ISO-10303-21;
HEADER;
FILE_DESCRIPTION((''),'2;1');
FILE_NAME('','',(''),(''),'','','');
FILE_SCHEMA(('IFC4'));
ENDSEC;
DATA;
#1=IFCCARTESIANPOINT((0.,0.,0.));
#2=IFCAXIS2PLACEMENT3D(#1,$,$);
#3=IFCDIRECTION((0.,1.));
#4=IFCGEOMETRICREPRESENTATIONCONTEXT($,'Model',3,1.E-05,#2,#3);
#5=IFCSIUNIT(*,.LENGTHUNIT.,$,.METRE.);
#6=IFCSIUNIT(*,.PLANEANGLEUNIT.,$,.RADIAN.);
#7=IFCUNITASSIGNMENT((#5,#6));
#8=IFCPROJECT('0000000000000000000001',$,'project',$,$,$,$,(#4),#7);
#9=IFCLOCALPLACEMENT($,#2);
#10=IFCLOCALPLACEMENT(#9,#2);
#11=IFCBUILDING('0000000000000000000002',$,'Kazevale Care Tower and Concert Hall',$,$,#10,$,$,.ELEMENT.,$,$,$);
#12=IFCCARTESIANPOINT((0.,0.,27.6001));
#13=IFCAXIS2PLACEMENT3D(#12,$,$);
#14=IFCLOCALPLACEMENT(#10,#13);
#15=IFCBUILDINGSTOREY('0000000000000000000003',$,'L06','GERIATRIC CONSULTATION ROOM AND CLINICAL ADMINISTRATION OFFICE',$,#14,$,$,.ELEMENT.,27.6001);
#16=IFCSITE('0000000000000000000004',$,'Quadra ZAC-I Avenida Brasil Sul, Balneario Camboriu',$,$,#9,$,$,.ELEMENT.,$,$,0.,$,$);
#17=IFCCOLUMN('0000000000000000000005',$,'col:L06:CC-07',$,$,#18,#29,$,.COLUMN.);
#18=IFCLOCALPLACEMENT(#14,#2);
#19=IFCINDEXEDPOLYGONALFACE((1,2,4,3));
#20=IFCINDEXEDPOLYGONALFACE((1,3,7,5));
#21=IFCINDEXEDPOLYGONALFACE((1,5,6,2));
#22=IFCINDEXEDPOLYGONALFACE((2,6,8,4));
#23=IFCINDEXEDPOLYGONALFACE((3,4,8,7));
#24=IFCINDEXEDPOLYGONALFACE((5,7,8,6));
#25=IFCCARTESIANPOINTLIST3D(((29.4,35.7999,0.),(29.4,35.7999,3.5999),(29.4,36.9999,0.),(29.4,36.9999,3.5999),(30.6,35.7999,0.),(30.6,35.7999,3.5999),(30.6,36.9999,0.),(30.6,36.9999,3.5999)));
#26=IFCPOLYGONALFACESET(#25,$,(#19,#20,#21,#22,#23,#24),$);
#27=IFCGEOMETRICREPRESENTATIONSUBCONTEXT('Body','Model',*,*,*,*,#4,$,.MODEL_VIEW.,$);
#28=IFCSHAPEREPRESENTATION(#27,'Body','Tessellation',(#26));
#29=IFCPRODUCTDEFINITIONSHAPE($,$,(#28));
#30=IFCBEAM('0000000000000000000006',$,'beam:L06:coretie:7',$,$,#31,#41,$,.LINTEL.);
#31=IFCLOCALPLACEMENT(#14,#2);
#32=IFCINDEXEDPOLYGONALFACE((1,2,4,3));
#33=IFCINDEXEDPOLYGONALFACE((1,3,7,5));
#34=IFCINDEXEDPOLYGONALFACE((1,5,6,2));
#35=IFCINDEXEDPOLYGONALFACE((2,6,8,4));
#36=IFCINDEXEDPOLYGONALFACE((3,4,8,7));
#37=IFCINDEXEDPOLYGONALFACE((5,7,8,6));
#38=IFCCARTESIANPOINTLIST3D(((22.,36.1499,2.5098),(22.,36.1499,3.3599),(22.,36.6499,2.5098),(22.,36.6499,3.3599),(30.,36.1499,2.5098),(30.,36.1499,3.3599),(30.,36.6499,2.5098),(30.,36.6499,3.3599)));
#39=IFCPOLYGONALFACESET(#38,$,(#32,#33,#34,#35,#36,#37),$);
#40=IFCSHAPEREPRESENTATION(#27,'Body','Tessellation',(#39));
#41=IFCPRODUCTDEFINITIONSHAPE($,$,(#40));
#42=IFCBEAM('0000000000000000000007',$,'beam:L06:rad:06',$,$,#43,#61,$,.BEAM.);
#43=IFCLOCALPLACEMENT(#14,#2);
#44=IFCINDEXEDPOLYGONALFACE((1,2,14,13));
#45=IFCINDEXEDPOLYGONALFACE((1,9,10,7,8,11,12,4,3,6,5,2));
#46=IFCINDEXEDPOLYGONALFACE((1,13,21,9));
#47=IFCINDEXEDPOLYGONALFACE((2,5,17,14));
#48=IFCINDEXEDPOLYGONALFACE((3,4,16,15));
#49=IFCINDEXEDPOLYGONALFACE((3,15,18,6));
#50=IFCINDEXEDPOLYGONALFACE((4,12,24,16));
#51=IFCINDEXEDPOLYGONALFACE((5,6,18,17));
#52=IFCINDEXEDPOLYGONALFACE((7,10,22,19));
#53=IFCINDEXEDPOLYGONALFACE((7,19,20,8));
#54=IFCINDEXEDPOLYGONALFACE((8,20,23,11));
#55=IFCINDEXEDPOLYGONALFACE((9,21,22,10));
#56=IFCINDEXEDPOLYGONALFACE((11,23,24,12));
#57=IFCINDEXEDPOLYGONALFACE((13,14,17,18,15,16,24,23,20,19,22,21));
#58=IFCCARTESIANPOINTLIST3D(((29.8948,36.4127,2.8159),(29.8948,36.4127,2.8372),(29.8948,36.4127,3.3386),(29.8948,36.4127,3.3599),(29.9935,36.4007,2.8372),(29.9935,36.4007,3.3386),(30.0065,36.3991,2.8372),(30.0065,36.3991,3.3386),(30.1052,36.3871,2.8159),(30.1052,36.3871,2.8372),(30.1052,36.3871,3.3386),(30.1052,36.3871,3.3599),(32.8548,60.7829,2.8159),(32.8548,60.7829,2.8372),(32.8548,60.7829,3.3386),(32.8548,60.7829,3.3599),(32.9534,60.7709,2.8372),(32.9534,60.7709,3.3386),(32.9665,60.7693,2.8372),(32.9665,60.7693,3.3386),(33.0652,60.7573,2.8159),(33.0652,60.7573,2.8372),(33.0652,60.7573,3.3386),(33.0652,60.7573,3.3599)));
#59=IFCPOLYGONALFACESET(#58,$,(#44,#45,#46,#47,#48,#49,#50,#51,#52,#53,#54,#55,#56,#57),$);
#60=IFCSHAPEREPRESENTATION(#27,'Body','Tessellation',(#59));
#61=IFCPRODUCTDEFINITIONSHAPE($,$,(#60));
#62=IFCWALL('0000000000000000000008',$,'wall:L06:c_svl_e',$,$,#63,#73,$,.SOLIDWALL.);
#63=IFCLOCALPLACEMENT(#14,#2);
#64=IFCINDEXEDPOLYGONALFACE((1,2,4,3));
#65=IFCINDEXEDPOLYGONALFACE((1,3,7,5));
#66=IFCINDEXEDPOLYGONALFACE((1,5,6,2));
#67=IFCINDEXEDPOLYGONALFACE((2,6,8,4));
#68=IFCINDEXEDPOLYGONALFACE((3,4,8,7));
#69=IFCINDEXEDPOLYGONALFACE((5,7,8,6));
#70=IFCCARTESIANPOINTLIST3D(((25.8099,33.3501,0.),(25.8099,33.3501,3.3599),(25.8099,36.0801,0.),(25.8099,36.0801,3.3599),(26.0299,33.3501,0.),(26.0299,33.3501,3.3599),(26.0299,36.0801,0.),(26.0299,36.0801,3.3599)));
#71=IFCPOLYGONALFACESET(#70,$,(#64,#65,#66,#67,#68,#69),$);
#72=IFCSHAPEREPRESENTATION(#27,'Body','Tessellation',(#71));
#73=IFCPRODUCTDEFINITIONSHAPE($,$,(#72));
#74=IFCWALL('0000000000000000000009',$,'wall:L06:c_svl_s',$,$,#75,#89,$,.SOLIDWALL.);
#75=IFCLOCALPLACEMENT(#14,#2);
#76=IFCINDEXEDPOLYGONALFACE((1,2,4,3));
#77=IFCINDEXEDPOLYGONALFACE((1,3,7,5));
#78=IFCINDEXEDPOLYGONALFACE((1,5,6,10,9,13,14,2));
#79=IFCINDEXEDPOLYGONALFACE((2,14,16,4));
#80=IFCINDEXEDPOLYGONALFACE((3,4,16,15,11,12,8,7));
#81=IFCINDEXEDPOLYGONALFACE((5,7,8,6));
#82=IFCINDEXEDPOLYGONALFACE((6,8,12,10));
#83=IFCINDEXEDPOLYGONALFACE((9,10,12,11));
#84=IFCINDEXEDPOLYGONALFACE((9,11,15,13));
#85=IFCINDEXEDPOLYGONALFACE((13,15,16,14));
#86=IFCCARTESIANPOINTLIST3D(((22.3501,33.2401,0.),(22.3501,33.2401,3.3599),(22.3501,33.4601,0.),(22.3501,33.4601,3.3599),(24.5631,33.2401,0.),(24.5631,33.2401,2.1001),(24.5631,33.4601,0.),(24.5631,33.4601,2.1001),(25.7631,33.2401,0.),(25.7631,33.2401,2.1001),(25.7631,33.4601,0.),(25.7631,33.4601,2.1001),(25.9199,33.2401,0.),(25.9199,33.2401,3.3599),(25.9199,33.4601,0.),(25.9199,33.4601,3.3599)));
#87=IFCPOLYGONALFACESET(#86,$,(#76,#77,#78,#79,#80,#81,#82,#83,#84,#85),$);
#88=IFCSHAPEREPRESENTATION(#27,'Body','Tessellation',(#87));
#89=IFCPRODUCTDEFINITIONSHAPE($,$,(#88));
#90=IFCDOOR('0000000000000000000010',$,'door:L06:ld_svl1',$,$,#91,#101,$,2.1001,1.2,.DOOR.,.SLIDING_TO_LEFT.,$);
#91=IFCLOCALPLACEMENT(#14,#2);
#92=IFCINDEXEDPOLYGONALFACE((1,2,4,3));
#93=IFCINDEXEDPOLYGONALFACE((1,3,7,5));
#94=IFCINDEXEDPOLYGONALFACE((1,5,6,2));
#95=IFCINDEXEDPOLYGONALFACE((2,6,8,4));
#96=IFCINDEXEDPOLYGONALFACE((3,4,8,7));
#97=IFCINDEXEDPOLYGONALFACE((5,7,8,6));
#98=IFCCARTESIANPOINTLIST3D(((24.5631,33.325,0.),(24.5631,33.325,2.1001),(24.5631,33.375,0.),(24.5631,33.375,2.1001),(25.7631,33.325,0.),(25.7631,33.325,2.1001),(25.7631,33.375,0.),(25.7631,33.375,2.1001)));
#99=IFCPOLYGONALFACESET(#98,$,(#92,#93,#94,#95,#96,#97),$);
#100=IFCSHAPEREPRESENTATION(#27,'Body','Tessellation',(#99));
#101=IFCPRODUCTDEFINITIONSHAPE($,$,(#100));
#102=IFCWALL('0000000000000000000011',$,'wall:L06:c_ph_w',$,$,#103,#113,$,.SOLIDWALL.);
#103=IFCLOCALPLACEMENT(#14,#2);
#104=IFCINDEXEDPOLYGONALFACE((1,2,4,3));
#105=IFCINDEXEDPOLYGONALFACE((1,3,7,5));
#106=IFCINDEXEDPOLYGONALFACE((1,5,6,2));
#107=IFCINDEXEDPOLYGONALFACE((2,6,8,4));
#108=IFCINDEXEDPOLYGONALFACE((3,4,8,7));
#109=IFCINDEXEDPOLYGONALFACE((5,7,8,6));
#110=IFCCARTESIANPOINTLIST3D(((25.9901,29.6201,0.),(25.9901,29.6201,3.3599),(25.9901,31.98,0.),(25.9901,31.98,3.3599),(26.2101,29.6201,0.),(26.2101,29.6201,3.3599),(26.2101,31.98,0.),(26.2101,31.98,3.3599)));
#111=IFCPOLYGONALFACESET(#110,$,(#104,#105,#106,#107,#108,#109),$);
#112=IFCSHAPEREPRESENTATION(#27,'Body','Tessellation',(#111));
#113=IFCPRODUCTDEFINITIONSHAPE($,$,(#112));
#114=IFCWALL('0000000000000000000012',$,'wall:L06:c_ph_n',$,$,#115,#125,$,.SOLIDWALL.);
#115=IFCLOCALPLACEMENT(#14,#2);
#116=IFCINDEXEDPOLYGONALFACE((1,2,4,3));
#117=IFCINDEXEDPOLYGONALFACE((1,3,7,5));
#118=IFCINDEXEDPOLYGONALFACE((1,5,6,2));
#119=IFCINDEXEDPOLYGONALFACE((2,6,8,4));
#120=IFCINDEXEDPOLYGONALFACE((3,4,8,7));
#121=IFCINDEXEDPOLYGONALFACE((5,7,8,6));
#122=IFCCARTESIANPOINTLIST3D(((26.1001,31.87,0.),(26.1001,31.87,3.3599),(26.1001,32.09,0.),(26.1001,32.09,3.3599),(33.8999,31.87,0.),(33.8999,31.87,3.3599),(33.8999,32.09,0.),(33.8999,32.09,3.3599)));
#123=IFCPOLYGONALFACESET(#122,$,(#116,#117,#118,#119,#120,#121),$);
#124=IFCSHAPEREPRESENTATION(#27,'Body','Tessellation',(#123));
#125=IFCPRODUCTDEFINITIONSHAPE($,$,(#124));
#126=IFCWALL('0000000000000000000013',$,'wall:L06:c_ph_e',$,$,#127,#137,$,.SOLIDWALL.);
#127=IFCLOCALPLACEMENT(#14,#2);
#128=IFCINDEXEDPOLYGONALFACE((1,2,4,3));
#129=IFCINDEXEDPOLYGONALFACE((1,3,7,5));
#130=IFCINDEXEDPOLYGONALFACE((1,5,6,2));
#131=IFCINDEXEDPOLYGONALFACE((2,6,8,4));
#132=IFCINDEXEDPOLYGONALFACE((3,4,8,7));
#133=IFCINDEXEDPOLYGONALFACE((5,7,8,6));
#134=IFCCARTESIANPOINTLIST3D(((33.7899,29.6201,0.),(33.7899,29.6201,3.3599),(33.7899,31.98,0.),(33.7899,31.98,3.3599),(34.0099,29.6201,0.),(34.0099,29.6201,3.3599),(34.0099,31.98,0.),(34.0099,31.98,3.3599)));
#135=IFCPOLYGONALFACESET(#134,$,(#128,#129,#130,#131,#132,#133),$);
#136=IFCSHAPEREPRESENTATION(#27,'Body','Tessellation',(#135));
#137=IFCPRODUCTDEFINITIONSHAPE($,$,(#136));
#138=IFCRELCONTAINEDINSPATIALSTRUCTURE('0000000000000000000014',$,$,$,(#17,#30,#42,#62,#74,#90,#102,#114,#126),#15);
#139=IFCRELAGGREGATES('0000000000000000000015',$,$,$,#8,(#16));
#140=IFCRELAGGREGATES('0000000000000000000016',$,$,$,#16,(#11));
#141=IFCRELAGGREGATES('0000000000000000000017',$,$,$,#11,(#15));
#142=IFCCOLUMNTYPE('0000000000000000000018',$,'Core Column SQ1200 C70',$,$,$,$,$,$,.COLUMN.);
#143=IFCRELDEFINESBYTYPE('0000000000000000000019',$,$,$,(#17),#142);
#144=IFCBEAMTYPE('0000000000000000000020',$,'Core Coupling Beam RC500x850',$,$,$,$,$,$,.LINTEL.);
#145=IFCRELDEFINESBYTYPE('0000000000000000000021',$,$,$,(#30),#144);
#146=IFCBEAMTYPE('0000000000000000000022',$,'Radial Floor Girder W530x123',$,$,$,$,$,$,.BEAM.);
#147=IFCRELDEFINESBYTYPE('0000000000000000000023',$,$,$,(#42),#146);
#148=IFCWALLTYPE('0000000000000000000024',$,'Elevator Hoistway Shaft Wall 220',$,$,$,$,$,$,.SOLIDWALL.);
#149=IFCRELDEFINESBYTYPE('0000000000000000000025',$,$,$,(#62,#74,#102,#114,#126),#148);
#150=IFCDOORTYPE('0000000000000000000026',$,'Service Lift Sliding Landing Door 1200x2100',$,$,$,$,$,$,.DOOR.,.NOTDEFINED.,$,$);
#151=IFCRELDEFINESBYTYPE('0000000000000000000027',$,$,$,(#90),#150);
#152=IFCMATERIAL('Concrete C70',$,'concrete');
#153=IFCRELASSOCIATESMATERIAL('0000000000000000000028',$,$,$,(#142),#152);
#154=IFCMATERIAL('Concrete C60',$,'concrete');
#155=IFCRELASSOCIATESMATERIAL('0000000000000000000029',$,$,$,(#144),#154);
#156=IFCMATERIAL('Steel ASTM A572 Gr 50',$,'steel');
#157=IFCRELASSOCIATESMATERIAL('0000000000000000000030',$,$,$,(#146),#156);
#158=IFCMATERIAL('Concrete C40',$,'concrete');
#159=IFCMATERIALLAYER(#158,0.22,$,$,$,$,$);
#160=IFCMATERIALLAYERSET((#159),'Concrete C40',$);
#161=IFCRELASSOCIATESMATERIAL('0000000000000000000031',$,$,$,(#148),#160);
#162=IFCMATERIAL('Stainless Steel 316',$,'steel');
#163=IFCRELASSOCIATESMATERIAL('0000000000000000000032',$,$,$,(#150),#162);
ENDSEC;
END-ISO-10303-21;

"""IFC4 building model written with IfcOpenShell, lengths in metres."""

from ifc_helpers import new_model, si_unit, direction, frame, frame_2d, origin, origin_2d, place, context, subcontext, project, spatial, rectangle, i_section, extrude, material, layer, layer_set, material_profile, profile_set, type_object, element, fill, save


model = new_model("IFC4")

# Units and contexts
model_context = context("Model", 3, precision=1e-05, world=origin(), true_north=direction((0.0, 1.0)))
body_context = subcontext(model_context, "Body", "Model", "MODEL_VIEW")
ifc_project = project(units=[si_unit("LENGTHUNIT", "METRE"), si_unit("PLANEANGLEUNIT", "RADIAN")], contexts=[model_context])

# Site, building, storey
site_placement = place(None, origin())
site = spatial("IfcSite", under=ifc_project, at=site_placement, Name="Quadra ZAC-I Avenida Brasil Sul, Balneario Camboriu", CompositionType="ELEMENT", RefElevation=0.0)
building_placement = place(site_placement, origin())
building = spatial("IfcBuilding", under=site, at=building_placement, Name="Kazevale Care Tower and Concert Hall", CompositionType="ELEMENT")
storey_placement = place(building_placement, frame((0.0, 0.0, 27.6001)))
storey = spatial("IfcBuildingStorey", under=building, at=storey_placement, Name="L06", Description="GERIATRIC CONSULTATION ROOM AND CLINICAL ADMINISTRATION OFFICE", CompositionType="ELEMENT", Elevation=27.6001)

# Column
ifc_material_1 = material(Name="Concrete C70", Category="concrete")
ifc_material_profile_1 = material_profile(ifc_material_1, rectangle(XDim=1.2, YDim=1.2, at=origin_2d()), Name="RC-SQ1200")
ifc_profile_set_1 = profile_set([ifc_material_profile_1], Name="Concrete C70")
column_type = type_object("IfcColumnType", Name="Core Column SQ1200 C70", PredefinedType="COLUMN", material=ifc_profile_set_1)
column_placement = place(storey_placement, frame((30.0, 36.3999, 0.0), z_axis=(0.0, 0.0, 1.0), x_axis=(1.0, 0.0, 0.0)))
element("IfcColumn", 1, at=column_placement, inside=storey, type_object=column_type, Name="col:L06:CC-07", PredefinedType="COLUMN", context=body_context, shape_type="SweptSolid", body=[
    extrude(rectangle(XDim=1.2, YDim=1.2, at=origin_2d()), origin(), (0.0, 0.0, 1.0), 3.5999),
])

# Beams
ifc_material_2 = material(Name="Concrete C60", Category="concrete")
ifc_material_profile_2 = material_profile(ifc_material_2, rectangle(XDim=0.5, YDim=0.8501, at=origin_2d()), Name="RC-B500x850")
ifc_profile_set_2 = profile_set([ifc_material_profile_2], Name="Concrete C60")
beam_type_1 = type_object("IfcBeamType", Name="Core Coupling Beam RC500x850", PredefinedType="LINTEL", material=ifc_profile_set_2)
beam_1_placement = place(storey_placement, frame((30.0, 36.3999, 2.9348), z_axis=(-1.0, 0.0, 0.0), x_axis=(0.0, -1.0, 0.0)))
element("IfcBeam", 2, at=beam_1_placement, inside=storey, type_object=beam_type_1, Name="beam:L06:coretie:7", PredefinedType="LINTEL", context=body_context, shape_type="SweptSolid", body=[
    extrude(rectangle(XDim=0.5, YDim=0.8501, at=origin_2d()), origin(), (0.0, 0.0, 1.0), 8.0),
])
ifc_material_3 = material(Name="Steel ASTM A572 Gr 50", Category="steel")
ifc_material_profile_3 = material_profile(ifc_material_3, i_section(OverallWidth=0.2119, OverallDepth=0.5439, WebThickness=0.0132, FlangeThickness=0.0212, at=origin_2d()), Name="W530x123")
ifc_profile_set_3 = profile_set([ifc_material_profile_3], Name="Steel ASTM A572 Gr 50")
beam_type_2 = type_object("IfcBeamType", Name="Radial Floor Girder W530x123", PredefinedType="BEAM", material=ifc_profile_set_3)
beam_2_placement = place(storey_placement, frame((30.0, 36.3999, 3.0879), z_axis=(0.120573, 0.992705, 0.0), x_axis=(-0.992705, 0.120573, 0.0)))
element("IfcBeam", 3, at=beam_2_placement, inside=storey, type_object=beam_type_2, Name="beam:L06:rad:06", PredefinedType="BEAM", context=body_context, shape_type="SweptSolid", body=[
    extrude(i_section(OverallWidth=0.2119, OverallDepth=0.5439, WebThickness=0.0132, FlangeThickness=0.0212, at=origin_2d()), origin(), (0.0, 0.0, 1.0), 24.5493),
])

# Wall
ifc_material_4 = material(Name="Concrete C40", Category="concrete")
ifc_layer = layer(ifc_material_4, 0.22)
ifc_layer_set = layer_set([ifc_layer], Name="Concrete C40")
wall_type = type_object("IfcWallType", Name="Elevator Hoistway Shaft Wall 220", PredefinedType="SOLIDWALL", material=ifc_layer_set)
wall_1_placement = place(storey_placement, frame((25.9199, 33.3501, 0.0), z_axis=(0.0, 0.0, 1.0), x_axis=(0.0, 1.0, 0.0)))
element("IfcWall", 4, at=wall_1_placement, inside=storey, type_object=wall_type, Name="wall:L06:c_svl_e", PredefinedType="SOLIDWALL", context=body_context, shape_type="SweptSolid", body=[
    extrude(rectangle(XDim=2.73, YDim=0.22, at=frame_2d((1.365, 0.0))), origin(), (0.0, 0.0, 1.0), 3.3599),
])

# Wall, opening, door
wall_2_placement = place(storey_placement, frame((22.3501, 33.3501, 0.0), z_axis=(0.0, 0.0, 1.0), x_axis=(1.0, 0.0, 0.0)))
wall_2 = element("IfcWall", 5, at=wall_2_placement, inside=storey, type_object=wall_type, Name="wall:L06:c_svl_s", PredefinedType="SOLIDWALL", context=body_context, shape_type="SweptSolid", body=[
    extrude(rectangle(XDim=3.5698, YDim=0.22, at=frame_2d((1.7849, 0.0))), origin(), (0.0, 0.0, 1.0), 3.3599),
])
opening_1_placement = place(wall_2_placement, frame((2.2129, 0.0, 0.0)))
opening_1 = element("IfcOpeningElement", 6, at=opening_1_placement, cuts=wall_2, PredefinedType="OPENING", context=body_context, shape_type="SweptSolid", body=[
    extrude(rectangle(XDim=1.2, YDim=2.1001, at=frame_2d((0.6001, 1.05))), frame((0.0, 0.1199, 0.0), z_axis=(0.0, -1.0, 0.0), x_axis=(1.0, 0.0, 0.0)), (0.0, 0.0, 1.0), 0.24),
])
ifc_material_5 = material(Name="Stainless Steel 316", Category="steel")
door_type_1 = type_object("IfcDoorType", Name="Service Lift Sliding Landing Door 1200x2100", OperationType="NOTDEFINED", PredefinedType="DOOR", material=ifc_material_5)
door_1_placement = place(opening_1_placement, origin())
door_1 = element("IfcDoor", 7, at=door_1_placement, inside=storey, type_object=door_type_1, Name="door:L06:ld_svl1", OperationType="SLIDING_TO_LEFT", OverallHeight=2.1001, OverallWidth=1.2, PredefinedType="DOOR", context=body_context, shape_type="SweptSolid", body=[
    extrude(rectangle(XDim=1.2, YDim=2.1001, at=frame_2d((0.6001, 1.05))), frame((0.0, 0.0249, 0.0), z_axis=(0.0, -1.0, 0.0), x_axis=(1.0, 0.0, 0.0)), (0.0, 0.0, 1.0), 0.05),
])
fill(opening_1, door_1)

# Walls
wall_3_placement = place(storey_placement, frame((26.1001, 29.6201, 0.0), z_axis=(0.0, 0.0, 1.0), x_axis=(0.0, 1.0, 0.0)))
element("IfcWall", 8, at=wall_3_placement, inside=storey, type_object=wall_type, Name="wall:L06:c_ph_w", PredefinedType="SOLIDWALL", context=body_context, shape_type="SweptSolid", body=[
    extrude(rectangle(XDim=2.3599, YDim=0.22, at=frame_2d((1.1799, 0.0))), origin(), (0.0, 0.0, 1.0), 3.3599),
])
wall_4_placement = place(storey_placement, frame((26.1001, 31.98, 0.0), z_axis=(0.0, 0.0, 1.0), x_axis=(1.0, 0.0, 0.0)))
element("IfcWall", 9, at=wall_4_placement, inside=storey, type_object=wall_type, Name="wall:L06:c_ph_n", PredefinedType="SOLIDWALL", context=body_context, shape_type="SweptSolid", body=[
    extrude(rectangle(XDim=7.7998, YDim=0.22, at=frame_2d((3.8999, 0.0))), origin(), (0.0, 0.0, 1.0), 3.3599),
])
wall_5_placement = place(storey_placement, frame((33.8999, 29.6201, 0.0), z_axis=(0.0, 0.0, 1.0), x_axis=(0.0, 1.0, 0.0)))
element("IfcWall", 10, at=wall_5_placement, inside=storey, type_object=wall_type, Name="wall:L06:c_ph_e", PredefinedType="SOLIDWALL", context=body_context, shape_type="SweptSolid", body=[
    extrude(rectangle(XDim=2.3599, YDim=0.22, at=frame_2d((1.1799, 0.0))), origin(), (0.0, 0.0, 1.0), 3.3599),
])

save(model, "model.ifc")
